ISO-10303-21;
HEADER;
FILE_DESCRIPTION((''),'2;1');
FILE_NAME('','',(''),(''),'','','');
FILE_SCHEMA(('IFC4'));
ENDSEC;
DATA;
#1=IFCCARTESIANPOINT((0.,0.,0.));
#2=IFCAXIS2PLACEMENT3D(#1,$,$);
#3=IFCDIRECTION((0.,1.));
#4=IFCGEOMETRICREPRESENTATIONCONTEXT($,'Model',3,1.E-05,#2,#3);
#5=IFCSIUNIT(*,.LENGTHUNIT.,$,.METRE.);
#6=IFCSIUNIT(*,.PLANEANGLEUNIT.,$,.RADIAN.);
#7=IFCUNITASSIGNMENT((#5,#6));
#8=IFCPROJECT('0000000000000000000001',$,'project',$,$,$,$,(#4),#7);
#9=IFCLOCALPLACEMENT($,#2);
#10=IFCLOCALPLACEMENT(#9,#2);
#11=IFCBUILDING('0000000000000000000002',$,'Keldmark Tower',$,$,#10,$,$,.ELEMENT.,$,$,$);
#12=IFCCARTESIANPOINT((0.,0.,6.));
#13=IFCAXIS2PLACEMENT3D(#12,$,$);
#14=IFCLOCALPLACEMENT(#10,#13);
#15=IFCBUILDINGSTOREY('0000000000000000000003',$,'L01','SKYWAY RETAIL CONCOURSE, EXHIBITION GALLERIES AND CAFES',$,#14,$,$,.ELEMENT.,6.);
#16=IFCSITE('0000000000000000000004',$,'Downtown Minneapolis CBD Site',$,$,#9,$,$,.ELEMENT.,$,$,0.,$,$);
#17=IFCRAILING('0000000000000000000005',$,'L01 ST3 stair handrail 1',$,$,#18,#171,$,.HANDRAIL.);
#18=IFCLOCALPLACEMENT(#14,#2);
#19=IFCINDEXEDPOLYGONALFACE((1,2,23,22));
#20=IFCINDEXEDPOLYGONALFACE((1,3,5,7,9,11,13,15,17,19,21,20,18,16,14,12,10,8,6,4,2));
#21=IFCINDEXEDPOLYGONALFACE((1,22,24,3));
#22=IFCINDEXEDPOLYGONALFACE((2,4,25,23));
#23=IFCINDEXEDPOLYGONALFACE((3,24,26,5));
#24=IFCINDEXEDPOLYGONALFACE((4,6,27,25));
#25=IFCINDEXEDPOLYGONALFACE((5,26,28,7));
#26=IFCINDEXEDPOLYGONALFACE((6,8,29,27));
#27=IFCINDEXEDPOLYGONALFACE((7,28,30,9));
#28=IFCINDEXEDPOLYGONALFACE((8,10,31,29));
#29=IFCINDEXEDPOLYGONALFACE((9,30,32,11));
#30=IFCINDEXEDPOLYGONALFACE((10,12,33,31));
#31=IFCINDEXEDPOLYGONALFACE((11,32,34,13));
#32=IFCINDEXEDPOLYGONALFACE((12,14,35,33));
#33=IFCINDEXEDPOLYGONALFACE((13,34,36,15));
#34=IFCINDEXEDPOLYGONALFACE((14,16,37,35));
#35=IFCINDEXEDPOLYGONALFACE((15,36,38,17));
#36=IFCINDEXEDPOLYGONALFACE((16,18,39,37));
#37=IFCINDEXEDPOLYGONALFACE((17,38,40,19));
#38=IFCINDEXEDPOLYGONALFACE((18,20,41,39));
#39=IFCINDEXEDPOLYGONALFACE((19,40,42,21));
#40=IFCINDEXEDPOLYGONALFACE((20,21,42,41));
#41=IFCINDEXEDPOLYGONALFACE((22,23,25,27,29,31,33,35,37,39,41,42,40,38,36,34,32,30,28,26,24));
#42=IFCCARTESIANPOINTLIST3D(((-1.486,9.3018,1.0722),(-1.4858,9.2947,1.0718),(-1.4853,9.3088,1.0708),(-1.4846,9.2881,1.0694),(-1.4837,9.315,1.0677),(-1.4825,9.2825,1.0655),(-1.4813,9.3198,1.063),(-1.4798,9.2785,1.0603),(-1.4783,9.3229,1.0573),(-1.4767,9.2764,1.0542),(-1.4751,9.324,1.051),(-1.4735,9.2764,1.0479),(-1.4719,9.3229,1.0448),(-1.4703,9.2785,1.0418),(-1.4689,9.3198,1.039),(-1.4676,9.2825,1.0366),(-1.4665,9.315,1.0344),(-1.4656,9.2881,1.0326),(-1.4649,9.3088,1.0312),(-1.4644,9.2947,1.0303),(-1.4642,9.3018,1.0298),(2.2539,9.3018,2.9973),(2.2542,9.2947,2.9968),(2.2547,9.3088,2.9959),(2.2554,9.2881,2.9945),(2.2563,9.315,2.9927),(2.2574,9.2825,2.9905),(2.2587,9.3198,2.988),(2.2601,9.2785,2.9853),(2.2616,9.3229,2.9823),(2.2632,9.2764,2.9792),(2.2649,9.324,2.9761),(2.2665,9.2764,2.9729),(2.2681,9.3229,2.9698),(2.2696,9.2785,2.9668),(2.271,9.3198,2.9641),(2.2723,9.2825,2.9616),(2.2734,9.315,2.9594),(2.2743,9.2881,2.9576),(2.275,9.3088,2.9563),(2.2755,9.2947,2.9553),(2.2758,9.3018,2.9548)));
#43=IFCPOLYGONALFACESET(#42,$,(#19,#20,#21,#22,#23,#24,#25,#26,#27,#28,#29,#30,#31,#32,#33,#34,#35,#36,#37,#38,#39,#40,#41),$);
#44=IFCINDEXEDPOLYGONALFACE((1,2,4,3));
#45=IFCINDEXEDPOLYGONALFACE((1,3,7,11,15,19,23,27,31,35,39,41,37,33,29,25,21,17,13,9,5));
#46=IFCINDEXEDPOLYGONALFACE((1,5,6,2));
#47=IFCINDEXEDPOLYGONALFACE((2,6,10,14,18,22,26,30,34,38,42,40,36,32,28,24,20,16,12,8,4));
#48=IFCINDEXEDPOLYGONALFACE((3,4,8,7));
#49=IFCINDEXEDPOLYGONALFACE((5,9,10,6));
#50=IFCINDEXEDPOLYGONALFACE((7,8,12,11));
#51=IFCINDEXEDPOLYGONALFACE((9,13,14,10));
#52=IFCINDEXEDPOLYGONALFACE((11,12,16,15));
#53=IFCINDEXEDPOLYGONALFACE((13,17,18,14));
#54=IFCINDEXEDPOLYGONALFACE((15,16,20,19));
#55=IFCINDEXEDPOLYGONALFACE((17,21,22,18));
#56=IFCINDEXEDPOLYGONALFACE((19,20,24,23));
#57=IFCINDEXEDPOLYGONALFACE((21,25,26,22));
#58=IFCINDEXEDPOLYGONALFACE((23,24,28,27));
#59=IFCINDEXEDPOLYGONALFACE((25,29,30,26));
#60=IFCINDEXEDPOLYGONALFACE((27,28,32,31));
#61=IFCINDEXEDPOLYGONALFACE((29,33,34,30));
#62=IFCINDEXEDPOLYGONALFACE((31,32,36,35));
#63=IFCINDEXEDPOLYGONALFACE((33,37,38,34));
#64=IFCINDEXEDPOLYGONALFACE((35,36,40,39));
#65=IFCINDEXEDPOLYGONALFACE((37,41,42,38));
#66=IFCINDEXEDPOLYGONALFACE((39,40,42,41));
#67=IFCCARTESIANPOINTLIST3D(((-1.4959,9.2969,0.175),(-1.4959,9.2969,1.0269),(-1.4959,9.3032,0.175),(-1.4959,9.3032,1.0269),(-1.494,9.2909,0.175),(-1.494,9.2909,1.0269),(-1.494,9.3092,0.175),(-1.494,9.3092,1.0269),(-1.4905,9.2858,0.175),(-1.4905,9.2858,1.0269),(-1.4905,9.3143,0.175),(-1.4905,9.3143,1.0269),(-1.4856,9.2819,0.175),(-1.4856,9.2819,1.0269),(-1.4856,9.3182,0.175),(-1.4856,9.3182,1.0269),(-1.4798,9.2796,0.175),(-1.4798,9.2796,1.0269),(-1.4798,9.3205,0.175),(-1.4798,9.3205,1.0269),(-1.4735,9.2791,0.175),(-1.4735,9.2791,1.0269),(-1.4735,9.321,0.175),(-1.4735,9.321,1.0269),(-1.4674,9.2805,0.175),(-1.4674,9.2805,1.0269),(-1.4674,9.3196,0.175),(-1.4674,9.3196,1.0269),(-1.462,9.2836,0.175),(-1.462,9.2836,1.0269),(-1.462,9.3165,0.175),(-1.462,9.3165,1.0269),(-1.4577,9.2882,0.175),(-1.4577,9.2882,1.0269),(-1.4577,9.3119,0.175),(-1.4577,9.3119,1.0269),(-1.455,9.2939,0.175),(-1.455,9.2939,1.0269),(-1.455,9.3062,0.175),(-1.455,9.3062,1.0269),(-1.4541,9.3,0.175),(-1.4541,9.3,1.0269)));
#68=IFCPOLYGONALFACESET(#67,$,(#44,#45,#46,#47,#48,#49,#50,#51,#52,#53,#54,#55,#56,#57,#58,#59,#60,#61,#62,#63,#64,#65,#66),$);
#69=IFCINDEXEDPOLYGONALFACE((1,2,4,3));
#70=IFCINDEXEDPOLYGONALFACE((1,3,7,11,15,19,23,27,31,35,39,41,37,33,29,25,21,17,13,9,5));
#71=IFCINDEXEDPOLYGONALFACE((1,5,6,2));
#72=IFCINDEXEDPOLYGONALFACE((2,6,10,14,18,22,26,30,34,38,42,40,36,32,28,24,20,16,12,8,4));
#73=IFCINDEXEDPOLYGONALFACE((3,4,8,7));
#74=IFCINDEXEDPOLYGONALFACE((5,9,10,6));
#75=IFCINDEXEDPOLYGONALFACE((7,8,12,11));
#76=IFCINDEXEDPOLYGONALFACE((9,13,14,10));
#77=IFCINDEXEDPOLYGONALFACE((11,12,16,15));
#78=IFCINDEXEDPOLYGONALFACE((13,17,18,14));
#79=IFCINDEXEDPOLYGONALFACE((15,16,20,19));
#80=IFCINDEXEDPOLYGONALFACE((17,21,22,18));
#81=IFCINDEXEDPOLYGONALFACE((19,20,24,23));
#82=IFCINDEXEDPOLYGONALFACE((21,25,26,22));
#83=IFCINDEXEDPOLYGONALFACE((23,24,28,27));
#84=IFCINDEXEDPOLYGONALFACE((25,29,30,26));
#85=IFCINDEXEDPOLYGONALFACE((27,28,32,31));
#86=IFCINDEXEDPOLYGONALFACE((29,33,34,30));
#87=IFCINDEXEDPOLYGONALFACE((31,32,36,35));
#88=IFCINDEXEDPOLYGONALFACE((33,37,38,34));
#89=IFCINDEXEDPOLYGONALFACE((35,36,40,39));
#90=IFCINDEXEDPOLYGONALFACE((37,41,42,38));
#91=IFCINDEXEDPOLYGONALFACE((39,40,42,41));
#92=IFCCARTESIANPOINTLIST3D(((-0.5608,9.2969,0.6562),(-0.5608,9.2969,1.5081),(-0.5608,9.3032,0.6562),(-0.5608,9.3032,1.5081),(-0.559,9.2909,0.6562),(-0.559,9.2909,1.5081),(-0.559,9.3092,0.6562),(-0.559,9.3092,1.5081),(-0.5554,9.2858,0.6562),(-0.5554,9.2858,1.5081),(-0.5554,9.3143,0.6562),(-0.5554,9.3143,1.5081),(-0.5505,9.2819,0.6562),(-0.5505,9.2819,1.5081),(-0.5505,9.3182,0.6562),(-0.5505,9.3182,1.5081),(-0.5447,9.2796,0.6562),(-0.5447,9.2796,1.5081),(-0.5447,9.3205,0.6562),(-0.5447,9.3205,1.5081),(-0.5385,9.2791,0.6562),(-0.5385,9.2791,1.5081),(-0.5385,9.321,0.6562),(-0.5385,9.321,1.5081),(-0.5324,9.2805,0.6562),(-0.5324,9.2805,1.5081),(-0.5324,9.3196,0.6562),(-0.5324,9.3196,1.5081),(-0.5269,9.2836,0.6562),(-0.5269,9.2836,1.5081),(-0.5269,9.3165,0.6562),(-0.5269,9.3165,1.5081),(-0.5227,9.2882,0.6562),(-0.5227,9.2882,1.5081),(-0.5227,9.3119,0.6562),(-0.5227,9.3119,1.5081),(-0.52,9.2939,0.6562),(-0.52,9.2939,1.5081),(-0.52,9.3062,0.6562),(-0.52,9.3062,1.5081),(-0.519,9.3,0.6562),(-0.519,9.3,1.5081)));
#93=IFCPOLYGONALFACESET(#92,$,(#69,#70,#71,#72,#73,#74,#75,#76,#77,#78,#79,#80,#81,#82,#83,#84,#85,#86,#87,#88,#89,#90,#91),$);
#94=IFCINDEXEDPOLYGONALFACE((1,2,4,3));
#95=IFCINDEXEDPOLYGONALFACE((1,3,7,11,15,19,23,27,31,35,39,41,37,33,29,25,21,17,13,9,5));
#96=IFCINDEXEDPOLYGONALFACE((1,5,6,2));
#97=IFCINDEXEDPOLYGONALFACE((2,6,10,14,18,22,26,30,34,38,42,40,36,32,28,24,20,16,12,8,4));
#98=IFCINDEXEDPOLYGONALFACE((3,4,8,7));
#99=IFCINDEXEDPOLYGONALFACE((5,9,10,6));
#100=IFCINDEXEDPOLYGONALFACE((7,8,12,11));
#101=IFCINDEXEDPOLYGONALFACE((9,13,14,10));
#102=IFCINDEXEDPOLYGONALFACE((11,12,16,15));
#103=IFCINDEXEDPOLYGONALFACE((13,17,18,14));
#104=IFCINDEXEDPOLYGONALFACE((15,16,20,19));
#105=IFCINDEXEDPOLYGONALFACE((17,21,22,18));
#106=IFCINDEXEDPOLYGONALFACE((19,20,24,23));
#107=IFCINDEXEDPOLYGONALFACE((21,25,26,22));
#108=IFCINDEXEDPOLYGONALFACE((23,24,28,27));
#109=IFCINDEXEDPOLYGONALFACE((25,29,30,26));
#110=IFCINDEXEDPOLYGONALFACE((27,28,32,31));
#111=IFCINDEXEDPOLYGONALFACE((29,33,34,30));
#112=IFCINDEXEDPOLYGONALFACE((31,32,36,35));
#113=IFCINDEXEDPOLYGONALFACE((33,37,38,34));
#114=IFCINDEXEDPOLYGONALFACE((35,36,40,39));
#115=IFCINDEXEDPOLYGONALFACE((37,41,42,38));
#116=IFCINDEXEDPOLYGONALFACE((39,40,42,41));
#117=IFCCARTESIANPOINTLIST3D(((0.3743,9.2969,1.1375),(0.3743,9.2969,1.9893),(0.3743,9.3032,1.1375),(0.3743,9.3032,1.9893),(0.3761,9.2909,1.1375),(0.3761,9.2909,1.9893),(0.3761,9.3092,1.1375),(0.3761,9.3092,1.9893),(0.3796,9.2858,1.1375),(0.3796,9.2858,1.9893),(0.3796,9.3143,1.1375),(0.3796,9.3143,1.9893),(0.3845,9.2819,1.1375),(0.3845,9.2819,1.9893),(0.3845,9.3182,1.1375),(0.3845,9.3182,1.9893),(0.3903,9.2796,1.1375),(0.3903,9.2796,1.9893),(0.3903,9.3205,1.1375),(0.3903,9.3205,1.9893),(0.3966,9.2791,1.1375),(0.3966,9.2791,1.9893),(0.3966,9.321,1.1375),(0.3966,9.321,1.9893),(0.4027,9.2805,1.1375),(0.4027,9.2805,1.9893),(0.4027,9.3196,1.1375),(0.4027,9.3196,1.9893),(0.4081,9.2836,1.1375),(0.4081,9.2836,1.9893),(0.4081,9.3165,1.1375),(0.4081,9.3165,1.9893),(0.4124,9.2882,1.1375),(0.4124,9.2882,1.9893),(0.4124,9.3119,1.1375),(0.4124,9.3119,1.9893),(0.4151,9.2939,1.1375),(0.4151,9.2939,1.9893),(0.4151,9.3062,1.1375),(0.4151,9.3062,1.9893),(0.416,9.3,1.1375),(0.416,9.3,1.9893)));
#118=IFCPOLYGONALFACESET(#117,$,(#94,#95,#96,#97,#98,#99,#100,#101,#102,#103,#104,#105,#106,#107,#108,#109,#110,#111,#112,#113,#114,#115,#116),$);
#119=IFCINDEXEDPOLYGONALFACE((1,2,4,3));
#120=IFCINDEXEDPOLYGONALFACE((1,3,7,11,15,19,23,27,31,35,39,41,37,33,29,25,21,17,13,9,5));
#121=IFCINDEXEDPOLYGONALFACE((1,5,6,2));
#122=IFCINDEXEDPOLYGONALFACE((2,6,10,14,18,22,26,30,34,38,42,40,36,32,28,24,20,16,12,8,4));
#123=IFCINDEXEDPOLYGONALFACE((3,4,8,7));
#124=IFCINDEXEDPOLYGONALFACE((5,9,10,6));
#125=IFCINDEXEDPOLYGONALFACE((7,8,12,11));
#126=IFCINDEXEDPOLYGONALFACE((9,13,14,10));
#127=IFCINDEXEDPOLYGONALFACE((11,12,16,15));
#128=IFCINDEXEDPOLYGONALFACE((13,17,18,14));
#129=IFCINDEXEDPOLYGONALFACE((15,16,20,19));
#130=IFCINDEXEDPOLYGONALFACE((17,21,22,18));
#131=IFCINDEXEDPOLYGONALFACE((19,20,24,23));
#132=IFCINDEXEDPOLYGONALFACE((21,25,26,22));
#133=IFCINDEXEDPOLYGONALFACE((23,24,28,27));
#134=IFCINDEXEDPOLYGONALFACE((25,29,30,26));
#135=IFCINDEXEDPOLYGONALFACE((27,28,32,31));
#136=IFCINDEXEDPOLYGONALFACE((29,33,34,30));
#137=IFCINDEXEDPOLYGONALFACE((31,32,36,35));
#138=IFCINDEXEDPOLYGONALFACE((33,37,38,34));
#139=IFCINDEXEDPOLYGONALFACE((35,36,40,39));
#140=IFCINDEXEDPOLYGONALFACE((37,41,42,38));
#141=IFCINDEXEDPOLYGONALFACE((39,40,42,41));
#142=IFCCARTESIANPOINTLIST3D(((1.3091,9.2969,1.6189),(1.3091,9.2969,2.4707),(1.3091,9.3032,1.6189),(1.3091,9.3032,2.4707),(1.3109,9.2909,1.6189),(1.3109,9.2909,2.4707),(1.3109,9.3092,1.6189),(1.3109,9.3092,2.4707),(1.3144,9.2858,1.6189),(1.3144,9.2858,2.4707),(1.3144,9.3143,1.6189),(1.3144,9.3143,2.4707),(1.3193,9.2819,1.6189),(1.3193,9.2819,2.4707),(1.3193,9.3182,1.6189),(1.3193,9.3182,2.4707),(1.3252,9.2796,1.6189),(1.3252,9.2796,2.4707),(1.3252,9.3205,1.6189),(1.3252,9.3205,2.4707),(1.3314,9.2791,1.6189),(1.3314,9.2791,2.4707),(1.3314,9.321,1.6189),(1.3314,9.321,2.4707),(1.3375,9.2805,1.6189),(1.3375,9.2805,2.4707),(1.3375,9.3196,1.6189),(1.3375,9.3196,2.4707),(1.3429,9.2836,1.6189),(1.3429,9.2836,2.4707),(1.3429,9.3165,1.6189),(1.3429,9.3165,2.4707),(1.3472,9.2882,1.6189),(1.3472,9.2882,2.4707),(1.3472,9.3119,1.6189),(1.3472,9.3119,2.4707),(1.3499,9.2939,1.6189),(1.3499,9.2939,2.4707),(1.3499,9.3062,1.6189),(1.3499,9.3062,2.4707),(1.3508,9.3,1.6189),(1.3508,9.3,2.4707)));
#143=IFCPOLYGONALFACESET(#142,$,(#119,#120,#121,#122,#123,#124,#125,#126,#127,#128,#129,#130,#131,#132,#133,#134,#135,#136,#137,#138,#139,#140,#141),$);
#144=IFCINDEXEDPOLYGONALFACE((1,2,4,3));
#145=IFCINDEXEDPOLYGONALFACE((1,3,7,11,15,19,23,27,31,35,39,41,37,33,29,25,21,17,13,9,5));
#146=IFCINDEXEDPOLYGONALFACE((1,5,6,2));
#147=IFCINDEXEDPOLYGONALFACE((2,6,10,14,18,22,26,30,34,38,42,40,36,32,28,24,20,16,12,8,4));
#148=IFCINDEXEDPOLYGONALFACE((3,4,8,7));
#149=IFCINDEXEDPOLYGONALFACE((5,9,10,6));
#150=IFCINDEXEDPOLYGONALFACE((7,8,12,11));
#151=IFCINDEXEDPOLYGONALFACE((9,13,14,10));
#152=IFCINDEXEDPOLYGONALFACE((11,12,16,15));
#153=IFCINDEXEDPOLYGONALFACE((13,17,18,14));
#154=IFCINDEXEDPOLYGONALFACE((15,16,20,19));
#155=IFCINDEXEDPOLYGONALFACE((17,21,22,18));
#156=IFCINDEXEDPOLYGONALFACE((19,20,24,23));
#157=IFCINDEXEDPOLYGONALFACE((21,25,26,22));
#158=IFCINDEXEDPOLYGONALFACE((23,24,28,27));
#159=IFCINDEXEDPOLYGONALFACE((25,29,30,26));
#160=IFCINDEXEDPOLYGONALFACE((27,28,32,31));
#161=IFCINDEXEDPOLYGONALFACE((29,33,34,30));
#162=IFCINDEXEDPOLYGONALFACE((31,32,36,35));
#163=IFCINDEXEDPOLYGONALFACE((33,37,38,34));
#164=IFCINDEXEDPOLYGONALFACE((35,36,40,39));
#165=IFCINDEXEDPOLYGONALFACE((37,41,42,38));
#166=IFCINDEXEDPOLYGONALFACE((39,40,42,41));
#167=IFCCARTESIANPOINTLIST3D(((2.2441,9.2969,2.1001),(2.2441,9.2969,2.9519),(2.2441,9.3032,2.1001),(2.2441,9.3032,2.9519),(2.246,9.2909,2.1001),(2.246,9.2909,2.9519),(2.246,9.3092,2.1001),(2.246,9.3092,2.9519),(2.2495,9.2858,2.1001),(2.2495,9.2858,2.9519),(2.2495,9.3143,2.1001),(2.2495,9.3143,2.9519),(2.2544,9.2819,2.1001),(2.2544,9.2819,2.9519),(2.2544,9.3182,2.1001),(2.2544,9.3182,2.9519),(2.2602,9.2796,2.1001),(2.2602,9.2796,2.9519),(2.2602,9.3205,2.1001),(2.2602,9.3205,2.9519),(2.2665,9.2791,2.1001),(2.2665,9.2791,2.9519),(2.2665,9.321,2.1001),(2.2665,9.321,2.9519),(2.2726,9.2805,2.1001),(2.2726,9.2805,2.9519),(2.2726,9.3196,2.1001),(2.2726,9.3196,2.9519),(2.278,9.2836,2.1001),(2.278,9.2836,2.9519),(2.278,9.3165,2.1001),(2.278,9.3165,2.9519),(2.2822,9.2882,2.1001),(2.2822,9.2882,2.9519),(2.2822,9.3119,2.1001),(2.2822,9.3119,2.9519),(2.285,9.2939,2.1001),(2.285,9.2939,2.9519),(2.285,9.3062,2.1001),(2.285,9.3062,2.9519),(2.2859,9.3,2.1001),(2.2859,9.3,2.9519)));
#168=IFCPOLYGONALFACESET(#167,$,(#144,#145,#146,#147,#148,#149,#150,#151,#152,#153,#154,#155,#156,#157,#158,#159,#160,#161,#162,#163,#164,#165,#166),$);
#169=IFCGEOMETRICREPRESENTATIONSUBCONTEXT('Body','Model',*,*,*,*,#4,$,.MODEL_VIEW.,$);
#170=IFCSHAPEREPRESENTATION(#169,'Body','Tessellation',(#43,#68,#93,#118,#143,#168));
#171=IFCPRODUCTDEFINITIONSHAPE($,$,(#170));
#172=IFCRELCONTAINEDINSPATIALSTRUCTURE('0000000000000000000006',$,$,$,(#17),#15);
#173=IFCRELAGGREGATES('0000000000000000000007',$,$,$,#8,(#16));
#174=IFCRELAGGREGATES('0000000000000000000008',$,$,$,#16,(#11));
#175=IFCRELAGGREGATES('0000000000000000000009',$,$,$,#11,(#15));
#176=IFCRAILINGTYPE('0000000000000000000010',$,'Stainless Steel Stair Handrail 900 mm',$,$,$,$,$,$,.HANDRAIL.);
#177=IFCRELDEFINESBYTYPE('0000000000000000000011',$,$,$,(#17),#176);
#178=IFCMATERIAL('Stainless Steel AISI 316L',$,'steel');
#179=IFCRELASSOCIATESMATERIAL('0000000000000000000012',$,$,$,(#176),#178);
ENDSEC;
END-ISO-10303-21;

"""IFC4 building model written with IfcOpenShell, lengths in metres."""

from ifc_helpers import new_model, si_unit, direction, frame, origin, origin_2d, place, context, subcontext, project, spatial, circle, extrude, material, type_object, element, save


model = new_model("IFC4")

# Units and contexts
model_context = context("Model", 3, precision=1e-05, world=origin(), true_north=direction((0.0, 1.0)))
body_context = subcontext(model_context, "Body", "Model", "MODEL_VIEW")
ifc_project = project(units=[si_unit("LENGTHUNIT", "METRE"), si_unit("PLANEANGLEUNIT", "RADIAN")], contexts=[model_context])

# Site, building, storey
site_placement = place(None, origin())
site = spatial("IfcSite", under=ifc_project, at=site_placement, Name="Downtown Minneapolis CBD Site", CompositionType="ELEMENT", RefElevation=0.0)
building_placement = place(site_placement, origin())
building = spatial("IfcBuilding", under=site, at=building_placement, Name="Keldmark Tower", CompositionType="ELEMENT")
storey_placement = place(building_placement, frame((0.0, 0.0, 6.0)))
storey = spatial("IfcBuildingStorey", under=building, at=storey_placement, Name="L01", Description="SKYWAY RETAIL CONCOURSE, EXHIBITION GALLERIES AND CAFES", CompositionType="ELEMENT", Elevation=6.0)

# Railing
ifc_material_1 = material(Name="Stainless Steel AISI 316L", Category="steel")
railing_type_1 = type_object("IfcRailingType", Name="Stainless Steel Stair Handrail 900 mm", PredefinedType="HANDRAIL", material=ifc_material_1)
railing_1_placement = place(storey_placement, frame((-1.4751, 9.3, 0.175)))
element("IfcRailing", 1, at=railing_1_placement, inside=storey, type_object=railing_type_1, Name="L01 ST3 stair handrail 1", PredefinedType="HANDRAIL", context=body_context, shape_type="SweptSolid", body=[
    extrude(circle(Radius=0.0239, at=origin_2d()), frame((0.0, 0.0, 0.876), z_axis=(0.889131, 0.0, 0.457654), x_axis=(0.0, 1.0, 0.0)), (0.0, 0.0, 1.0), 4.2063),
    extrude(circle(Radius=0.021, at=origin_2d()), origin(), (0.0, 0.0, 1.0), 0.8518),
    extrude(circle(Radius=0.021, at=origin_2d()), frame((0.9351, 0.0, 0.4812)), (0.0, 0.0, 1.0), 0.8518),
    extrude(circle(Radius=0.021, at=origin_2d()), frame((1.8701, 0.0, 0.9624)), (0.0, 0.0, 1.0), 0.8518),
    extrude(circle(Radius=0.021, at=origin_2d()), frame((2.8049, 0.0, 1.4438)), (0.0, 0.0, 1.0), 0.8518),
    extrude(circle(Radius=0.021, at=origin_2d()), frame((3.74, 0.0, 1.925)), (0.0, 0.0, 1.0), 0.8518),
])

save(model, "model.ifc")
